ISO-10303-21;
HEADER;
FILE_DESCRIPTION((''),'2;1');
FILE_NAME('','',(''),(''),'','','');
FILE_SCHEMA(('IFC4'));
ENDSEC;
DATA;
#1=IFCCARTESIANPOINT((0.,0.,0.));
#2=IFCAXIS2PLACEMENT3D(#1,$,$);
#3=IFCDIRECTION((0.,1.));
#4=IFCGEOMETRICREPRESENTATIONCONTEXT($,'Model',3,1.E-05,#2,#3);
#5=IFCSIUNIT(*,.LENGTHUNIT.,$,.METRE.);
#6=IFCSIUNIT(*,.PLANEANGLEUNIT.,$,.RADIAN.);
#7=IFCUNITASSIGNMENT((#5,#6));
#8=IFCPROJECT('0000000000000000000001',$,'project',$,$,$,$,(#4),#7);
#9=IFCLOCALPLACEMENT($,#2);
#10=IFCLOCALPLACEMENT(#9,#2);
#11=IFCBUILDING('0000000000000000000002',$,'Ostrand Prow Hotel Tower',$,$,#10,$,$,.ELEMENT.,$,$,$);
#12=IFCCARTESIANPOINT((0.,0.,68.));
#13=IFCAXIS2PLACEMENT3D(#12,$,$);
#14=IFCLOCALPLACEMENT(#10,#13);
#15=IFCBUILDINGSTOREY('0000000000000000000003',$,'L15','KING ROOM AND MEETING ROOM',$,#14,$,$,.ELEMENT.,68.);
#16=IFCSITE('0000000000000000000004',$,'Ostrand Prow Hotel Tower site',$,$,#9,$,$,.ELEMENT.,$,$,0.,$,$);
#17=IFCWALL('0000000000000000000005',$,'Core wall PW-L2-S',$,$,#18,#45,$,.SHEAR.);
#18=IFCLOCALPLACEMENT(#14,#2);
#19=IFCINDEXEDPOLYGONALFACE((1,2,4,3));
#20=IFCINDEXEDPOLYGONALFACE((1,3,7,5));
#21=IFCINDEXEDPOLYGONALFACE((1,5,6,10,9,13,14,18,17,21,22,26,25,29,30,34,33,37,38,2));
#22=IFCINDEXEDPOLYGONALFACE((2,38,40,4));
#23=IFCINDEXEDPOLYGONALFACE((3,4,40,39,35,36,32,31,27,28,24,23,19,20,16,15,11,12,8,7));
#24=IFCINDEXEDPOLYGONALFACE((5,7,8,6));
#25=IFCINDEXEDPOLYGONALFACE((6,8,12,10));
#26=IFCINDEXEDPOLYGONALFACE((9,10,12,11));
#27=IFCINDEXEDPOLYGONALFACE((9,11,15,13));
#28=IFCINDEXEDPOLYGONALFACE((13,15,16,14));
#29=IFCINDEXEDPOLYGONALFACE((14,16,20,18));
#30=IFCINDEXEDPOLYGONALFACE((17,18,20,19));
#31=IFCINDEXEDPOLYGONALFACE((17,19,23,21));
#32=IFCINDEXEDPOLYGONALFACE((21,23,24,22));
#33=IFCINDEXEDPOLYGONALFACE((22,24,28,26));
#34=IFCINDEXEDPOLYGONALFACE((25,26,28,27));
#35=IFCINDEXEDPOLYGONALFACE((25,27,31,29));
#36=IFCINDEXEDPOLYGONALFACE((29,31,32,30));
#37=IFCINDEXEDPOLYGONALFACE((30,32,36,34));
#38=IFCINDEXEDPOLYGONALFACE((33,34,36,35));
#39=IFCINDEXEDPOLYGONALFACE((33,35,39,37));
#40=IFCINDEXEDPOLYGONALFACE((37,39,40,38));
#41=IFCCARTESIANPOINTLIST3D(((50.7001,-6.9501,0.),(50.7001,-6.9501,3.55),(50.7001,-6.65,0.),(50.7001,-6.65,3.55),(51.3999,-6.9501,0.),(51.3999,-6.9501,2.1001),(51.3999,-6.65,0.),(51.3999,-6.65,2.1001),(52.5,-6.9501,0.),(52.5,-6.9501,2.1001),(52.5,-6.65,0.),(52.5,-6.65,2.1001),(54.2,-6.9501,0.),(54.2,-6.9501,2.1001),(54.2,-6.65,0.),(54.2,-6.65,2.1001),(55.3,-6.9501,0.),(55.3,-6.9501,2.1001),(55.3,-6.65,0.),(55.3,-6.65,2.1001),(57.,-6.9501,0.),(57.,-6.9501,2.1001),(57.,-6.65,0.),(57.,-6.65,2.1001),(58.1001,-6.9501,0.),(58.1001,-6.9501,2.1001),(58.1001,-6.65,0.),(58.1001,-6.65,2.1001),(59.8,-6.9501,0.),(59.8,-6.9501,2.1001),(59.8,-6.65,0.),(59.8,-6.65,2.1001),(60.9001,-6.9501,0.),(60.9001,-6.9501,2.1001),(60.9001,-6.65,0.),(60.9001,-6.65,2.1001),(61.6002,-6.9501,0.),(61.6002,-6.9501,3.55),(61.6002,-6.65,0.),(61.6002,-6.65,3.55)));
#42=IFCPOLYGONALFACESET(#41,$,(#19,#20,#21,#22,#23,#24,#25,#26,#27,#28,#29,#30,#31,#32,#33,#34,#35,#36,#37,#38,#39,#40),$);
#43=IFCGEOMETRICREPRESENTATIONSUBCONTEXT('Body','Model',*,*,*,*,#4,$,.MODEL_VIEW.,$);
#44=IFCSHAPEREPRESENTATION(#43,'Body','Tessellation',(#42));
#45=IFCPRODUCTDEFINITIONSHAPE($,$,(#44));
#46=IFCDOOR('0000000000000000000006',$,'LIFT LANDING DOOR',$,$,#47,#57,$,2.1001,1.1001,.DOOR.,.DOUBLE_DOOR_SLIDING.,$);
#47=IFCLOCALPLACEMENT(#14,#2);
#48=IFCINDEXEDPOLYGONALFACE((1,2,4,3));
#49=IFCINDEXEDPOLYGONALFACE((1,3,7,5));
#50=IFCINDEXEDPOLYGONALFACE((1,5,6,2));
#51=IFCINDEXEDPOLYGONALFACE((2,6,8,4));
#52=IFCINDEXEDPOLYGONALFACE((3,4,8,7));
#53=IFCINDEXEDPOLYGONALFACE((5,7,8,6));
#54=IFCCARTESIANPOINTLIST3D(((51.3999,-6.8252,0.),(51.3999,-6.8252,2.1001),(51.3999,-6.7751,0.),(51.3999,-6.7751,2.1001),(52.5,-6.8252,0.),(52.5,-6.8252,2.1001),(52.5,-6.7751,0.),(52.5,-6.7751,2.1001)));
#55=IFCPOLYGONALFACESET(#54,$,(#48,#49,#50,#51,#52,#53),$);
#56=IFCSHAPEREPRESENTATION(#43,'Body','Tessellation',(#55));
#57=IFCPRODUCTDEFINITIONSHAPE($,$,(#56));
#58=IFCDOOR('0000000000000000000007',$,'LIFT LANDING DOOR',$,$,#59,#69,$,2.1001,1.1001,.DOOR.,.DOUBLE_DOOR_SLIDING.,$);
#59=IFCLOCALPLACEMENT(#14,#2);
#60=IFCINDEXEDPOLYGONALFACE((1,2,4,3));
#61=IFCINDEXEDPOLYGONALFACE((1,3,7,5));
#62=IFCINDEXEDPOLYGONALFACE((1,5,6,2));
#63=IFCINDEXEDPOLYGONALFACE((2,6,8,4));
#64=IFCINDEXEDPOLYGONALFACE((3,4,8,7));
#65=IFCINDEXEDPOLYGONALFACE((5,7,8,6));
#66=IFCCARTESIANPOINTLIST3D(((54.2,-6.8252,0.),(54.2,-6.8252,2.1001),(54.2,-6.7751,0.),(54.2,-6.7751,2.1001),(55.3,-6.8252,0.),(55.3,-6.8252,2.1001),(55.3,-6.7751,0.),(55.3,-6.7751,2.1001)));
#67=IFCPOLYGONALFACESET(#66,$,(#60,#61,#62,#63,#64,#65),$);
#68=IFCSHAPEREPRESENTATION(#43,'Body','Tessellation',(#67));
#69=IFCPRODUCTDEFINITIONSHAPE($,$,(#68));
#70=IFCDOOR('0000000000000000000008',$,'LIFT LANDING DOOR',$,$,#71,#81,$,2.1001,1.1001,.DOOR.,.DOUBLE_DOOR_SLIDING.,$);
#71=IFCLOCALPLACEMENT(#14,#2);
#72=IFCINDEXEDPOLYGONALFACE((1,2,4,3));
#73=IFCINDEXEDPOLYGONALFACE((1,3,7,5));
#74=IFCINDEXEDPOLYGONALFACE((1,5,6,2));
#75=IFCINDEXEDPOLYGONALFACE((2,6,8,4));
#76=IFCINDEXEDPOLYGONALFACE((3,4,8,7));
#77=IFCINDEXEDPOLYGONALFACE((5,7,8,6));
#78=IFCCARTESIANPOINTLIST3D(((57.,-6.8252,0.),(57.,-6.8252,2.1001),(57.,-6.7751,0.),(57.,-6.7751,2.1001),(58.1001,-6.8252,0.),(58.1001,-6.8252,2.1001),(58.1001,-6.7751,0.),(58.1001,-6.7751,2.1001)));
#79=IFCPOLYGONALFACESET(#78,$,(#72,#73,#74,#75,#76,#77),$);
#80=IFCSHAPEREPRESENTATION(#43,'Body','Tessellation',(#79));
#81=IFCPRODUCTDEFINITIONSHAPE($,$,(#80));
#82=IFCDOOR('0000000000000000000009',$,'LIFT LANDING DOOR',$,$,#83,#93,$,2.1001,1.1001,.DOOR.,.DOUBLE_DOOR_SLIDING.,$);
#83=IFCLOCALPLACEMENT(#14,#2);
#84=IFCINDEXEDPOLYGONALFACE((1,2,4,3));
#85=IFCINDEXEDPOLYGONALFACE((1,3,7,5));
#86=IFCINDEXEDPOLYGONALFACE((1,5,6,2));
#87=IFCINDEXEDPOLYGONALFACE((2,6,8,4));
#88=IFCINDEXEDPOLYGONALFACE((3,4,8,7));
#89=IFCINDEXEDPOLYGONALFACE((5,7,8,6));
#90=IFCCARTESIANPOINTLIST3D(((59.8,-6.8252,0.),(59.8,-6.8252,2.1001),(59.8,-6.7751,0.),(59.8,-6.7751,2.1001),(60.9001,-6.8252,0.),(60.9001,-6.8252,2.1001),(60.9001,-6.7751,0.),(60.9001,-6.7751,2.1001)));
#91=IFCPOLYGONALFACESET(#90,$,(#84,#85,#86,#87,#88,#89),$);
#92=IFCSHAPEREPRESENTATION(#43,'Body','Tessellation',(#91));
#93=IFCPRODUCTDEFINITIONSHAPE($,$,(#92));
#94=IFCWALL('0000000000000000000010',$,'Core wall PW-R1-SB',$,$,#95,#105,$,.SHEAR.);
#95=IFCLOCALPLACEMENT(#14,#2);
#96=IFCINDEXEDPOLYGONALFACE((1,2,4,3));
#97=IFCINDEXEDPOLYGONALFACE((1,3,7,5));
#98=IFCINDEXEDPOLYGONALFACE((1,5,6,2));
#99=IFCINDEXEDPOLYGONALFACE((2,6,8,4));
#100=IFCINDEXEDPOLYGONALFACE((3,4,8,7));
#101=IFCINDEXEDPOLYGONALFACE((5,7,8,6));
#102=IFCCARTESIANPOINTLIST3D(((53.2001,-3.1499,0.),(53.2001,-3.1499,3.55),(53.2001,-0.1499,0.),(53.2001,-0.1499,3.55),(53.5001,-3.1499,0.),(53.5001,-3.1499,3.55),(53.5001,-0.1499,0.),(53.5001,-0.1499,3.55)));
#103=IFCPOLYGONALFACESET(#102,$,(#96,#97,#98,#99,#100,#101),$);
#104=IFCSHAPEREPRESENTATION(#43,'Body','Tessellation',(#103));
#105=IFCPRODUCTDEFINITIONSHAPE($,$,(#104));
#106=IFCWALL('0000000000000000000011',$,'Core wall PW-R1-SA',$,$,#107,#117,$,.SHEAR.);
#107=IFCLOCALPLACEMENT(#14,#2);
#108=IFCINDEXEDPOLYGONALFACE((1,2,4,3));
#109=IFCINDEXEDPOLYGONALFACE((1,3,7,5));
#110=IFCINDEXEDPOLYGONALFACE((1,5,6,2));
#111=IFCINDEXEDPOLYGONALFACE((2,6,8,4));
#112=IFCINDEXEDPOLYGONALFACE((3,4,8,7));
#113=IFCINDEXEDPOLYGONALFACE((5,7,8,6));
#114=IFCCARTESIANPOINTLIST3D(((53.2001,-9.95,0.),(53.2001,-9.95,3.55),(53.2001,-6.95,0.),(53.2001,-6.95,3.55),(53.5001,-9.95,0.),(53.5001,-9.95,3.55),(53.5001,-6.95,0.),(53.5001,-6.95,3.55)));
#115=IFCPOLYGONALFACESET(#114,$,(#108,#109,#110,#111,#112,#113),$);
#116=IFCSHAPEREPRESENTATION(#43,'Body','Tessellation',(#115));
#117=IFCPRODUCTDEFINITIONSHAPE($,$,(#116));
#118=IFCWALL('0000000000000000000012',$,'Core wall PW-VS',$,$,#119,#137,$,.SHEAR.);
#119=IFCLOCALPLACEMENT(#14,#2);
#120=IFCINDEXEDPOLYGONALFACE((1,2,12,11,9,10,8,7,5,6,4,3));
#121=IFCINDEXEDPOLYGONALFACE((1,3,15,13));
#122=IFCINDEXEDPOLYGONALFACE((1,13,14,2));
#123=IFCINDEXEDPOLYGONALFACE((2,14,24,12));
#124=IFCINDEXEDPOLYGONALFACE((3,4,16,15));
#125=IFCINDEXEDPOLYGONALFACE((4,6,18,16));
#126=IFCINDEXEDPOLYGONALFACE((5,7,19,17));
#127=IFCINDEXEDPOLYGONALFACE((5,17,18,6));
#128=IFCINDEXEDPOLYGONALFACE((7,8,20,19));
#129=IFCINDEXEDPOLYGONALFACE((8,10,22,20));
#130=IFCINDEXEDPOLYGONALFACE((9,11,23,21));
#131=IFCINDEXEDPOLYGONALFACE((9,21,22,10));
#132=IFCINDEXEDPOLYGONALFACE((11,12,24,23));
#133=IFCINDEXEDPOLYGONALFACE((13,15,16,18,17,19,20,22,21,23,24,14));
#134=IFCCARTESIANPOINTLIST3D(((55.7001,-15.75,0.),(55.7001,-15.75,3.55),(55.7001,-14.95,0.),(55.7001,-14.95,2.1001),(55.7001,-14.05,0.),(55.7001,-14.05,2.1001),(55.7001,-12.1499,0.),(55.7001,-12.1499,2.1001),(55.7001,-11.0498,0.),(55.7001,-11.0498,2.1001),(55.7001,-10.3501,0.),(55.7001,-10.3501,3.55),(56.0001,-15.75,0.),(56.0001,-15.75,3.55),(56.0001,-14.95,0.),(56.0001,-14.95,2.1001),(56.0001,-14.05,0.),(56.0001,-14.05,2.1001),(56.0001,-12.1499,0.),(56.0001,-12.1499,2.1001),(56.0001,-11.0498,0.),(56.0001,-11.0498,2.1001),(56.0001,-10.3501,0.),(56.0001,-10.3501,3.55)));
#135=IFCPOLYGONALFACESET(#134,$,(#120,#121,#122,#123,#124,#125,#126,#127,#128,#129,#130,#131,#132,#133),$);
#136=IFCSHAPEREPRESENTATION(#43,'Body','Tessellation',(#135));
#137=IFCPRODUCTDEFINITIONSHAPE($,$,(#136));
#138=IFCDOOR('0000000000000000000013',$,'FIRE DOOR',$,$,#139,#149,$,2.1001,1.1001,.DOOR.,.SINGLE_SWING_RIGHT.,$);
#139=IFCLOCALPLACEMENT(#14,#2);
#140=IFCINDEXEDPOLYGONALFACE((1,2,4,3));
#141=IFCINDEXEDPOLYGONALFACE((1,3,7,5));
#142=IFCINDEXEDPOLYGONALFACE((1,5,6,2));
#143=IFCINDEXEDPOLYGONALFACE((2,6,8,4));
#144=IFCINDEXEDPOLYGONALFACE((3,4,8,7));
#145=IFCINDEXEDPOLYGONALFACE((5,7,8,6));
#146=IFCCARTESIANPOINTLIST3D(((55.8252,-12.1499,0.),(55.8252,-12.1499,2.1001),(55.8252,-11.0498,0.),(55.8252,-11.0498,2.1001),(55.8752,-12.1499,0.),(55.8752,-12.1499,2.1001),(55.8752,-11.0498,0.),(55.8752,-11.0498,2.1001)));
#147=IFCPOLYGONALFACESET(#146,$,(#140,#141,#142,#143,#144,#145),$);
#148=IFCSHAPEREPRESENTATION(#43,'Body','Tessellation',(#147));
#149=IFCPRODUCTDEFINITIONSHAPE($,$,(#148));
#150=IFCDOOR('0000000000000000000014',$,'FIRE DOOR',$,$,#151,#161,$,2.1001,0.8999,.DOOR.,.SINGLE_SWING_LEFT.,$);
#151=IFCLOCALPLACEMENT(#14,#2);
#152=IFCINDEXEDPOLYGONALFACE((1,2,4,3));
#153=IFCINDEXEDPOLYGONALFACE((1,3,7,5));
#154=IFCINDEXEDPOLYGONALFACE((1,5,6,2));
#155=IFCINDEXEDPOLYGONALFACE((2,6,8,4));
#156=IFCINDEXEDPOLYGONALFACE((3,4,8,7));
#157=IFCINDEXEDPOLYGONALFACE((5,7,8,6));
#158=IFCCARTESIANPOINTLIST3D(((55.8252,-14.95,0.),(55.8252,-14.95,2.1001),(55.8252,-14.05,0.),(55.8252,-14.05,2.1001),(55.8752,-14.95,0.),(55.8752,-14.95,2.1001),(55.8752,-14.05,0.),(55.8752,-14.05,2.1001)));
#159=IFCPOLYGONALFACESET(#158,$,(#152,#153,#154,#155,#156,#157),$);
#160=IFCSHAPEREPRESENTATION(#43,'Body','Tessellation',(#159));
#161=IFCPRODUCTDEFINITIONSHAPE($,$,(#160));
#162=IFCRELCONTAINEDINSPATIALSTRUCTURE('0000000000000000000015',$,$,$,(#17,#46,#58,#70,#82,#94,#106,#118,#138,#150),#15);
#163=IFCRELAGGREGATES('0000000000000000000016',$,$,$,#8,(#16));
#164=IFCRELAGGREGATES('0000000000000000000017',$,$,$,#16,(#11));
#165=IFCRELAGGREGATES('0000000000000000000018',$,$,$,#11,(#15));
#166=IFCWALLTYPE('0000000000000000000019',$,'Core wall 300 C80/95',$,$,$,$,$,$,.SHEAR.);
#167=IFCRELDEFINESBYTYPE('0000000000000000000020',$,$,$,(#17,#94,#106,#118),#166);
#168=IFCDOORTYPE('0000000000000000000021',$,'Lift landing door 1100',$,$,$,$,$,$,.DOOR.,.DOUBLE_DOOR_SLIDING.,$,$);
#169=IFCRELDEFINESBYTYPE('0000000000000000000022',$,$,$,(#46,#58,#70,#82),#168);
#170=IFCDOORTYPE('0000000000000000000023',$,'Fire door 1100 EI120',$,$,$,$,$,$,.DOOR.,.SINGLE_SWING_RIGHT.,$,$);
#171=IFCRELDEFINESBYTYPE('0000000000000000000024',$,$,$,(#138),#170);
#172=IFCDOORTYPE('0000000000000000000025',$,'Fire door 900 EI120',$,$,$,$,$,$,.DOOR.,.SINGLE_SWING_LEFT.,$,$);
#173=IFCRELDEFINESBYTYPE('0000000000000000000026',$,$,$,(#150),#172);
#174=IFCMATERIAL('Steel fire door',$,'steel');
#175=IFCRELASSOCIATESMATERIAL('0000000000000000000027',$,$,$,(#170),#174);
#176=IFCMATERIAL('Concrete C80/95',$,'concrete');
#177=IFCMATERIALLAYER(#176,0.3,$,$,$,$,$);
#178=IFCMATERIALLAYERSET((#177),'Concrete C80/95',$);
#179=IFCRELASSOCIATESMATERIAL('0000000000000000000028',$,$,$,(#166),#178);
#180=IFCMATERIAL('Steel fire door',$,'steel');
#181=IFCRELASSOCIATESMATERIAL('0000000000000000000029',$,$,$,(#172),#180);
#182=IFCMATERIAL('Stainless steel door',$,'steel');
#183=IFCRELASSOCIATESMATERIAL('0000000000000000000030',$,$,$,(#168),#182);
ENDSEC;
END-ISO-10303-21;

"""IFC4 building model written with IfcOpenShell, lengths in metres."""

from ifc_helpers import new_model, si_unit, direction, frame, frame_2d, origin, place, context, subcontext, project, spatial, rectangle, extrude, material, layer, layer_set, type_object, element, fill, save


model = new_model("IFC4")

# Units and contexts
model_context = context("Model", 3, precision=1e-05, world=origin(), true_north=direction((0.0, 1.0)))
body_context = subcontext(model_context, "Body", "Model", "MODEL_VIEW")
ifc_project = project(units=[si_unit("LENGTHUNIT", "METRE"), si_unit("PLANEANGLEUNIT", "RADIAN")], contexts=[model_context])

# Site, building, storey
site_placement = place(None, origin())
site = spatial("IfcSite", under=ifc_project, at=site_placement, Name="Ostrand Prow Hotel Tower site", CompositionType="ELEMENT", RefElevation=0.0)
building_placement = place(site_placement, origin())
building = spatial("IfcBuilding", under=site, at=building_placement, Name="Ostrand Prow Hotel Tower", CompositionType="ELEMENT")
storey_placement = place(building_placement, frame((0.0, 0.0, 68.0)))
storey = spatial("IfcBuildingStorey", under=building, at=storey_placement, Name="L15", Description="KING ROOM AND MEETING ROOM", CompositionType="ELEMENT", Elevation=68.0)

# Shared definitions
ifc_material_1 = material(Name="Steel fire door", Category="steel")
door_type_1 = type_object("IfcDoorType", Name="Fire door 1100 EI120", OperationType="SINGLE_SWING_RIGHT", PredefinedType="DOOR", material=ifc_material_1)

# Shared definitions
ifc_material_2 = material(Name="Concrete C80/95", Category="concrete")
ifc_layer_1 = layer(ifc_material_2, 0.3)
ifc_layer_set_1 = layer_set([ifc_layer_1], Name="Concrete C80/95")
wall_type_1 = type_object("IfcWallType", Name="Core wall 300 C80/95", PredefinedType="SHEAR", material=ifc_layer_set_1)

# Shared definitions
ifc_material_3 = material(Name="Steel fire door", Category="steel")
door_type_2 = type_object("IfcDoorType", Name="Fire door 900 EI120", OperationType="SINGLE_SWING_LEFT", PredefinedType="DOOR", material=ifc_material_3)

# Wall, openings, doors
wall_1_placement = place(storey_placement, frame((50.7, -6.8, 0.0), z_axis=(0.0, 0.0, 1.0), x_axis=(1.0, 0.0, 0.0)))
wall_1 = element("IfcWall", 1, at=wall_1_placement, inside=storey, type_object=wall_type_1, Name="Core wall PW-L2-S", PredefinedType="SHEAR", context=body_context, shape_type="SweptSolid", body=[
    extrude(rectangle(XDim=10.9001, YDim=0.3, at=frame_2d((5.4502, 0.0))), origin(), (0.0, 0.0, 1.0), 3.55),
])
opening_1_placement = place(wall_1_placement, frame((0.7, 0.0, 0.0)))
opening_1 = element("IfcOpeningElement", 2, at=opening_1_placement, cuts=wall_1, PredefinedType="OPENING", context=body_context, shape_type="SweptSolid", body=[
    extrude(rectangle(XDim=1.1001, YDim=2.1001, at=frame_2d((0.55, 1.05))), frame((0.0, 0.1599, 0.0), z_axis=(0.0, -1.0, 0.0), x_axis=(1.0, 0.0, 0.0)), (0.0, 0.0, 1.0), 0.3201),
])
opening_2_placement = place(wall_1_placement, frame((3.5, 0.0, 0.0)))
opening_2 = element("IfcOpeningElement", 3, at=opening_2_placement, cuts=wall_1, PredefinedType="OPENING", context=body_context, shape_type="SweptSolid", body=[
    extrude(rectangle(XDim=1.1001, YDim=2.1001, at=frame_2d((0.55, 1.05))), frame((0.0, 0.1599, 0.0), z_axis=(0.0, -1.0, 0.0), x_axis=(1.0, 0.0, 0.0)), (0.0, 0.0, 1.0), 0.3201),
])
opening_3_placement = place(wall_1_placement, frame((6.3, 0.0, 0.0)))
opening_3 = element("IfcOpeningElement", 4, at=opening_3_placement, cuts=wall_1, PredefinedType="OPENING", context=body_context, shape_type="SweptSolid", body=[
    extrude(rectangle(XDim=1.1001, YDim=2.1001, at=frame_2d((0.55, 1.05))), frame((0.0, 0.1599, 0.0), z_axis=(0.0, -1.0, 0.0), x_axis=(1.0, 0.0, 0.0)), (0.0, 0.0, 1.0), 0.3201),
])
opening_4_placement = place(wall_1_placement, frame((9.1001, 0.0, 0.0)))
opening_4 = element("IfcOpeningElement", 5, at=opening_4_placement, cuts=wall_1, PredefinedType="OPENING", context=body_context, shape_type="SweptSolid", body=[
    extrude(rectangle(XDim=1.1001, YDim=2.1001, at=frame_2d((0.55, 1.05))), frame((0.0, 0.1599, 0.0), z_axis=(0.0, -1.0, 0.0), x_axis=(1.0, 0.0, 0.0)), (0.0, 0.0, 1.0), 0.3201),
])
ifc_material_4 = material(Name="Stainless steel door", Category="steel")
door_type_3 = type_object("IfcDoorType", Name="Lift landing door 1100", OperationType="DOUBLE_DOOR_SLIDING", PredefinedType="DOOR", material=ifc_material_4)
door_1_placement = place(opening_1_placement, origin())
door_1 = element("IfcDoor", 6, at=door_1_placement, inside=storey, type_object=door_type_3, Name="LIFT LANDING DOOR", OperationType="DOUBLE_DOOR_SLIDING", OverallHeight=2.1001, OverallWidth=1.1001, PredefinedType="DOOR", context=body_context, shape_type="SweptSolid", body=[
    extrude(rectangle(XDim=1.1001, YDim=2.1001, at=frame_2d((0.55, 1.05))), frame((0.0, 0.0249, 0.0), z_axis=(0.0, -1.0, 0.0), x_axis=(1.0, 0.0, 0.0)), (0.0, 0.0, 1.0), 0.05),
])
fill(opening_1, door_1)
door_2_placement = place(opening_2_placement, origin())
door_2 = element("IfcDoor", 7, at=door_2_placement, inside=storey, type_object=door_type_3, Name="LIFT LANDING DOOR", OperationType="DOUBLE_DOOR_SLIDING", OverallHeight=2.1001, OverallWidth=1.1001, PredefinedType="DOOR", context=body_context, shape_type="SweptSolid", body=[
    extrude(rectangle(XDim=1.1001, YDim=2.1001, at=frame_2d((0.55, 1.05))), frame((0.0, 0.0249, 0.0), z_axis=(0.0, -1.0, 0.0), x_axis=(1.0, 0.0, 0.0)), (0.0, 0.0, 1.0), 0.05),
])
fill(opening_2, door_2)
door_3_placement = place(opening_3_placement, origin())
door_3 = element("IfcDoor", 8, at=door_3_placement, inside=storey, type_object=door_type_3, Name="LIFT LANDING DOOR", OperationType="DOUBLE_DOOR_SLIDING", OverallHeight=2.1001, OverallWidth=1.1001, PredefinedType="DOOR", context=body_context, shape_type="SweptSolid", body=[
    extrude(rectangle(XDim=1.1001, YDim=2.1001, at=frame_2d((0.55, 1.05))), frame((0.0, 0.0249, 0.0), z_axis=(0.0, -1.0, 0.0), x_axis=(1.0, 0.0, 0.0)), (0.0, 0.0, 1.0), 0.05),
])
fill(opening_3, door_3)
door_4_placement = place(opening_4_placement, origin())
door_4 = element("IfcDoor", 9, at=door_4_placement, inside=storey, type_object=door_type_3, Name="LIFT LANDING DOOR", OperationType="DOUBLE_DOOR_SLIDING", OverallHeight=2.1001, OverallWidth=1.1001, PredefinedType="DOOR", context=body_context, shape_type="SweptSolid", body=[
    extrude(rectangle(XDim=1.1001, YDim=2.1001, at=frame_2d((0.55, 1.05))), frame((0.0, 0.0249, 0.0), z_axis=(0.0, -1.0, 0.0), x_axis=(1.0, 0.0, 0.0)), (0.0, 0.0, 1.0), 0.05),
])
fill(opening_4, door_4)

# Walls
for number, where, z_axis, x_axis, name in (
    (10, (53.3501, -3.1499, 0.0), (0.0, 0.0, 1.0), (0.0, 1.0, 0.0), "Core wall PW-R1-SB"),
    (11, (53.3501, -9.95, 0.0), (0.0, 0.0, 1.0), (0.0, 1.0, 0.0), "Core wall PW-R1-SA"),
):
    element("IfcWall", number, at=place(storey_placement, frame(where, z_axis=z_axis, x_axis=x_axis)), inside=storey, type_object=wall_type_1, Name=name, PredefinedType="SHEAR", context=body_context, shape_type="SweptSolid", body=[
        extrude(rectangle(XDim=3.0, YDim=0.3, at=frame_2d((1.5, 0.0))), origin(), (0.0, 0.0, 1.0), 3.55),
    ])

# Wall, openings, doors
wall_2_placement = place(storey_placement, frame((55.8501, -15.75, 0.0), z_axis=(0.0, 0.0, 1.0), x_axis=(0.0, 1.0, 0.0)))
wall_2 = element("IfcWall", 12, at=wall_2_placement, inside=storey, type_object=wall_type_1, Name="Core wall PW-VS", PredefinedType="SHEAR", context=body_context, shape_type="SweptSolid", body=[
    extrude(rectangle(XDim=5.3999, YDim=0.3, at=frame_2d((2.7, 0.0))), origin(), (0.0, 0.0, 1.0), 3.55),
])
opening_5_placement = place(wall_2_placement, frame((3.6001, 0.0, 0.0)))
opening_5 = element("IfcOpeningElement", 13, at=opening_5_placement, cuts=wall_2, PredefinedType="OPENING", context=body_context, shape_type="SweptSolid", body=[
    extrude(rectangle(XDim=1.1001, YDim=2.1001, at=frame_2d((0.55, 1.05))), frame((0.0, 0.1599, 0.0), z_axis=(0.0, -1.0, 0.0), x_axis=(1.0, 0.0, 0.0)), (0.0, 0.0, 1.0), 0.3201),
])
opening_6_placement = place(wall_2_placement, frame((0.8, 0.0, 0.0)))
opening_6 = element("IfcOpeningElement", 14, at=opening_6_placement, cuts=wall_2, PredefinedType="OPENING", context=body_context, shape_type="SweptSolid", body=[
    extrude(rectangle(XDim=0.8999, YDim=2.1001, at=frame_2d((0.45, 1.05))), frame((0.0, 0.1599, 0.0), z_axis=(0.0, -1.0, 0.0), x_axis=(1.0, 0.0, 0.0)), (0.0, 0.0, 1.0), 0.3201),
])
door_5_placement = place(opening_5_placement, origin())
door_5 = element("IfcDoor", 15, at=door_5_placement, inside=storey, type_object=door_type_1, Name="FIRE DOOR", OperationType="SINGLE_SWING_RIGHT", OverallHeight=2.1001, OverallWidth=1.1001, PredefinedType="DOOR", context=body_context, shape_type="SweptSolid", body=[
    extrude(rectangle(XDim=1.1001, YDim=2.1001, at=frame_2d((0.55, 1.05))), frame((0.0, 0.0249, 0.0), z_axis=(0.0, -1.0, 0.0), x_axis=(1.0, 0.0, 0.0)), (0.0, 0.0, 1.0), 0.05),
])
fill(opening_5, door_5)
door_6_placement = place(opening_6_placement, origin())
door_6 = element("IfcDoor", 16, at=door_6_placement, inside=storey, type_object=door_type_2, Name="FIRE DOOR", OperationType="SINGLE_SWING_LEFT", OverallHeight=2.1001, OverallWidth=0.8999, PredefinedType="DOOR", context=body_context, shape_type="SweptSolid", body=[
    extrude(rectangle(XDim=0.8999, YDim=2.1001, at=frame_2d((0.45, 1.05))), frame((0.0, 0.0249, 0.0), z_axis=(0.0, -1.0, 0.0), x_axis=(1.0, 0.0, 0.0)), (0.0, 0.0, 1.0), 0.05),
])
fill(opening_6, door_6)

save(model, "model.ifc")
